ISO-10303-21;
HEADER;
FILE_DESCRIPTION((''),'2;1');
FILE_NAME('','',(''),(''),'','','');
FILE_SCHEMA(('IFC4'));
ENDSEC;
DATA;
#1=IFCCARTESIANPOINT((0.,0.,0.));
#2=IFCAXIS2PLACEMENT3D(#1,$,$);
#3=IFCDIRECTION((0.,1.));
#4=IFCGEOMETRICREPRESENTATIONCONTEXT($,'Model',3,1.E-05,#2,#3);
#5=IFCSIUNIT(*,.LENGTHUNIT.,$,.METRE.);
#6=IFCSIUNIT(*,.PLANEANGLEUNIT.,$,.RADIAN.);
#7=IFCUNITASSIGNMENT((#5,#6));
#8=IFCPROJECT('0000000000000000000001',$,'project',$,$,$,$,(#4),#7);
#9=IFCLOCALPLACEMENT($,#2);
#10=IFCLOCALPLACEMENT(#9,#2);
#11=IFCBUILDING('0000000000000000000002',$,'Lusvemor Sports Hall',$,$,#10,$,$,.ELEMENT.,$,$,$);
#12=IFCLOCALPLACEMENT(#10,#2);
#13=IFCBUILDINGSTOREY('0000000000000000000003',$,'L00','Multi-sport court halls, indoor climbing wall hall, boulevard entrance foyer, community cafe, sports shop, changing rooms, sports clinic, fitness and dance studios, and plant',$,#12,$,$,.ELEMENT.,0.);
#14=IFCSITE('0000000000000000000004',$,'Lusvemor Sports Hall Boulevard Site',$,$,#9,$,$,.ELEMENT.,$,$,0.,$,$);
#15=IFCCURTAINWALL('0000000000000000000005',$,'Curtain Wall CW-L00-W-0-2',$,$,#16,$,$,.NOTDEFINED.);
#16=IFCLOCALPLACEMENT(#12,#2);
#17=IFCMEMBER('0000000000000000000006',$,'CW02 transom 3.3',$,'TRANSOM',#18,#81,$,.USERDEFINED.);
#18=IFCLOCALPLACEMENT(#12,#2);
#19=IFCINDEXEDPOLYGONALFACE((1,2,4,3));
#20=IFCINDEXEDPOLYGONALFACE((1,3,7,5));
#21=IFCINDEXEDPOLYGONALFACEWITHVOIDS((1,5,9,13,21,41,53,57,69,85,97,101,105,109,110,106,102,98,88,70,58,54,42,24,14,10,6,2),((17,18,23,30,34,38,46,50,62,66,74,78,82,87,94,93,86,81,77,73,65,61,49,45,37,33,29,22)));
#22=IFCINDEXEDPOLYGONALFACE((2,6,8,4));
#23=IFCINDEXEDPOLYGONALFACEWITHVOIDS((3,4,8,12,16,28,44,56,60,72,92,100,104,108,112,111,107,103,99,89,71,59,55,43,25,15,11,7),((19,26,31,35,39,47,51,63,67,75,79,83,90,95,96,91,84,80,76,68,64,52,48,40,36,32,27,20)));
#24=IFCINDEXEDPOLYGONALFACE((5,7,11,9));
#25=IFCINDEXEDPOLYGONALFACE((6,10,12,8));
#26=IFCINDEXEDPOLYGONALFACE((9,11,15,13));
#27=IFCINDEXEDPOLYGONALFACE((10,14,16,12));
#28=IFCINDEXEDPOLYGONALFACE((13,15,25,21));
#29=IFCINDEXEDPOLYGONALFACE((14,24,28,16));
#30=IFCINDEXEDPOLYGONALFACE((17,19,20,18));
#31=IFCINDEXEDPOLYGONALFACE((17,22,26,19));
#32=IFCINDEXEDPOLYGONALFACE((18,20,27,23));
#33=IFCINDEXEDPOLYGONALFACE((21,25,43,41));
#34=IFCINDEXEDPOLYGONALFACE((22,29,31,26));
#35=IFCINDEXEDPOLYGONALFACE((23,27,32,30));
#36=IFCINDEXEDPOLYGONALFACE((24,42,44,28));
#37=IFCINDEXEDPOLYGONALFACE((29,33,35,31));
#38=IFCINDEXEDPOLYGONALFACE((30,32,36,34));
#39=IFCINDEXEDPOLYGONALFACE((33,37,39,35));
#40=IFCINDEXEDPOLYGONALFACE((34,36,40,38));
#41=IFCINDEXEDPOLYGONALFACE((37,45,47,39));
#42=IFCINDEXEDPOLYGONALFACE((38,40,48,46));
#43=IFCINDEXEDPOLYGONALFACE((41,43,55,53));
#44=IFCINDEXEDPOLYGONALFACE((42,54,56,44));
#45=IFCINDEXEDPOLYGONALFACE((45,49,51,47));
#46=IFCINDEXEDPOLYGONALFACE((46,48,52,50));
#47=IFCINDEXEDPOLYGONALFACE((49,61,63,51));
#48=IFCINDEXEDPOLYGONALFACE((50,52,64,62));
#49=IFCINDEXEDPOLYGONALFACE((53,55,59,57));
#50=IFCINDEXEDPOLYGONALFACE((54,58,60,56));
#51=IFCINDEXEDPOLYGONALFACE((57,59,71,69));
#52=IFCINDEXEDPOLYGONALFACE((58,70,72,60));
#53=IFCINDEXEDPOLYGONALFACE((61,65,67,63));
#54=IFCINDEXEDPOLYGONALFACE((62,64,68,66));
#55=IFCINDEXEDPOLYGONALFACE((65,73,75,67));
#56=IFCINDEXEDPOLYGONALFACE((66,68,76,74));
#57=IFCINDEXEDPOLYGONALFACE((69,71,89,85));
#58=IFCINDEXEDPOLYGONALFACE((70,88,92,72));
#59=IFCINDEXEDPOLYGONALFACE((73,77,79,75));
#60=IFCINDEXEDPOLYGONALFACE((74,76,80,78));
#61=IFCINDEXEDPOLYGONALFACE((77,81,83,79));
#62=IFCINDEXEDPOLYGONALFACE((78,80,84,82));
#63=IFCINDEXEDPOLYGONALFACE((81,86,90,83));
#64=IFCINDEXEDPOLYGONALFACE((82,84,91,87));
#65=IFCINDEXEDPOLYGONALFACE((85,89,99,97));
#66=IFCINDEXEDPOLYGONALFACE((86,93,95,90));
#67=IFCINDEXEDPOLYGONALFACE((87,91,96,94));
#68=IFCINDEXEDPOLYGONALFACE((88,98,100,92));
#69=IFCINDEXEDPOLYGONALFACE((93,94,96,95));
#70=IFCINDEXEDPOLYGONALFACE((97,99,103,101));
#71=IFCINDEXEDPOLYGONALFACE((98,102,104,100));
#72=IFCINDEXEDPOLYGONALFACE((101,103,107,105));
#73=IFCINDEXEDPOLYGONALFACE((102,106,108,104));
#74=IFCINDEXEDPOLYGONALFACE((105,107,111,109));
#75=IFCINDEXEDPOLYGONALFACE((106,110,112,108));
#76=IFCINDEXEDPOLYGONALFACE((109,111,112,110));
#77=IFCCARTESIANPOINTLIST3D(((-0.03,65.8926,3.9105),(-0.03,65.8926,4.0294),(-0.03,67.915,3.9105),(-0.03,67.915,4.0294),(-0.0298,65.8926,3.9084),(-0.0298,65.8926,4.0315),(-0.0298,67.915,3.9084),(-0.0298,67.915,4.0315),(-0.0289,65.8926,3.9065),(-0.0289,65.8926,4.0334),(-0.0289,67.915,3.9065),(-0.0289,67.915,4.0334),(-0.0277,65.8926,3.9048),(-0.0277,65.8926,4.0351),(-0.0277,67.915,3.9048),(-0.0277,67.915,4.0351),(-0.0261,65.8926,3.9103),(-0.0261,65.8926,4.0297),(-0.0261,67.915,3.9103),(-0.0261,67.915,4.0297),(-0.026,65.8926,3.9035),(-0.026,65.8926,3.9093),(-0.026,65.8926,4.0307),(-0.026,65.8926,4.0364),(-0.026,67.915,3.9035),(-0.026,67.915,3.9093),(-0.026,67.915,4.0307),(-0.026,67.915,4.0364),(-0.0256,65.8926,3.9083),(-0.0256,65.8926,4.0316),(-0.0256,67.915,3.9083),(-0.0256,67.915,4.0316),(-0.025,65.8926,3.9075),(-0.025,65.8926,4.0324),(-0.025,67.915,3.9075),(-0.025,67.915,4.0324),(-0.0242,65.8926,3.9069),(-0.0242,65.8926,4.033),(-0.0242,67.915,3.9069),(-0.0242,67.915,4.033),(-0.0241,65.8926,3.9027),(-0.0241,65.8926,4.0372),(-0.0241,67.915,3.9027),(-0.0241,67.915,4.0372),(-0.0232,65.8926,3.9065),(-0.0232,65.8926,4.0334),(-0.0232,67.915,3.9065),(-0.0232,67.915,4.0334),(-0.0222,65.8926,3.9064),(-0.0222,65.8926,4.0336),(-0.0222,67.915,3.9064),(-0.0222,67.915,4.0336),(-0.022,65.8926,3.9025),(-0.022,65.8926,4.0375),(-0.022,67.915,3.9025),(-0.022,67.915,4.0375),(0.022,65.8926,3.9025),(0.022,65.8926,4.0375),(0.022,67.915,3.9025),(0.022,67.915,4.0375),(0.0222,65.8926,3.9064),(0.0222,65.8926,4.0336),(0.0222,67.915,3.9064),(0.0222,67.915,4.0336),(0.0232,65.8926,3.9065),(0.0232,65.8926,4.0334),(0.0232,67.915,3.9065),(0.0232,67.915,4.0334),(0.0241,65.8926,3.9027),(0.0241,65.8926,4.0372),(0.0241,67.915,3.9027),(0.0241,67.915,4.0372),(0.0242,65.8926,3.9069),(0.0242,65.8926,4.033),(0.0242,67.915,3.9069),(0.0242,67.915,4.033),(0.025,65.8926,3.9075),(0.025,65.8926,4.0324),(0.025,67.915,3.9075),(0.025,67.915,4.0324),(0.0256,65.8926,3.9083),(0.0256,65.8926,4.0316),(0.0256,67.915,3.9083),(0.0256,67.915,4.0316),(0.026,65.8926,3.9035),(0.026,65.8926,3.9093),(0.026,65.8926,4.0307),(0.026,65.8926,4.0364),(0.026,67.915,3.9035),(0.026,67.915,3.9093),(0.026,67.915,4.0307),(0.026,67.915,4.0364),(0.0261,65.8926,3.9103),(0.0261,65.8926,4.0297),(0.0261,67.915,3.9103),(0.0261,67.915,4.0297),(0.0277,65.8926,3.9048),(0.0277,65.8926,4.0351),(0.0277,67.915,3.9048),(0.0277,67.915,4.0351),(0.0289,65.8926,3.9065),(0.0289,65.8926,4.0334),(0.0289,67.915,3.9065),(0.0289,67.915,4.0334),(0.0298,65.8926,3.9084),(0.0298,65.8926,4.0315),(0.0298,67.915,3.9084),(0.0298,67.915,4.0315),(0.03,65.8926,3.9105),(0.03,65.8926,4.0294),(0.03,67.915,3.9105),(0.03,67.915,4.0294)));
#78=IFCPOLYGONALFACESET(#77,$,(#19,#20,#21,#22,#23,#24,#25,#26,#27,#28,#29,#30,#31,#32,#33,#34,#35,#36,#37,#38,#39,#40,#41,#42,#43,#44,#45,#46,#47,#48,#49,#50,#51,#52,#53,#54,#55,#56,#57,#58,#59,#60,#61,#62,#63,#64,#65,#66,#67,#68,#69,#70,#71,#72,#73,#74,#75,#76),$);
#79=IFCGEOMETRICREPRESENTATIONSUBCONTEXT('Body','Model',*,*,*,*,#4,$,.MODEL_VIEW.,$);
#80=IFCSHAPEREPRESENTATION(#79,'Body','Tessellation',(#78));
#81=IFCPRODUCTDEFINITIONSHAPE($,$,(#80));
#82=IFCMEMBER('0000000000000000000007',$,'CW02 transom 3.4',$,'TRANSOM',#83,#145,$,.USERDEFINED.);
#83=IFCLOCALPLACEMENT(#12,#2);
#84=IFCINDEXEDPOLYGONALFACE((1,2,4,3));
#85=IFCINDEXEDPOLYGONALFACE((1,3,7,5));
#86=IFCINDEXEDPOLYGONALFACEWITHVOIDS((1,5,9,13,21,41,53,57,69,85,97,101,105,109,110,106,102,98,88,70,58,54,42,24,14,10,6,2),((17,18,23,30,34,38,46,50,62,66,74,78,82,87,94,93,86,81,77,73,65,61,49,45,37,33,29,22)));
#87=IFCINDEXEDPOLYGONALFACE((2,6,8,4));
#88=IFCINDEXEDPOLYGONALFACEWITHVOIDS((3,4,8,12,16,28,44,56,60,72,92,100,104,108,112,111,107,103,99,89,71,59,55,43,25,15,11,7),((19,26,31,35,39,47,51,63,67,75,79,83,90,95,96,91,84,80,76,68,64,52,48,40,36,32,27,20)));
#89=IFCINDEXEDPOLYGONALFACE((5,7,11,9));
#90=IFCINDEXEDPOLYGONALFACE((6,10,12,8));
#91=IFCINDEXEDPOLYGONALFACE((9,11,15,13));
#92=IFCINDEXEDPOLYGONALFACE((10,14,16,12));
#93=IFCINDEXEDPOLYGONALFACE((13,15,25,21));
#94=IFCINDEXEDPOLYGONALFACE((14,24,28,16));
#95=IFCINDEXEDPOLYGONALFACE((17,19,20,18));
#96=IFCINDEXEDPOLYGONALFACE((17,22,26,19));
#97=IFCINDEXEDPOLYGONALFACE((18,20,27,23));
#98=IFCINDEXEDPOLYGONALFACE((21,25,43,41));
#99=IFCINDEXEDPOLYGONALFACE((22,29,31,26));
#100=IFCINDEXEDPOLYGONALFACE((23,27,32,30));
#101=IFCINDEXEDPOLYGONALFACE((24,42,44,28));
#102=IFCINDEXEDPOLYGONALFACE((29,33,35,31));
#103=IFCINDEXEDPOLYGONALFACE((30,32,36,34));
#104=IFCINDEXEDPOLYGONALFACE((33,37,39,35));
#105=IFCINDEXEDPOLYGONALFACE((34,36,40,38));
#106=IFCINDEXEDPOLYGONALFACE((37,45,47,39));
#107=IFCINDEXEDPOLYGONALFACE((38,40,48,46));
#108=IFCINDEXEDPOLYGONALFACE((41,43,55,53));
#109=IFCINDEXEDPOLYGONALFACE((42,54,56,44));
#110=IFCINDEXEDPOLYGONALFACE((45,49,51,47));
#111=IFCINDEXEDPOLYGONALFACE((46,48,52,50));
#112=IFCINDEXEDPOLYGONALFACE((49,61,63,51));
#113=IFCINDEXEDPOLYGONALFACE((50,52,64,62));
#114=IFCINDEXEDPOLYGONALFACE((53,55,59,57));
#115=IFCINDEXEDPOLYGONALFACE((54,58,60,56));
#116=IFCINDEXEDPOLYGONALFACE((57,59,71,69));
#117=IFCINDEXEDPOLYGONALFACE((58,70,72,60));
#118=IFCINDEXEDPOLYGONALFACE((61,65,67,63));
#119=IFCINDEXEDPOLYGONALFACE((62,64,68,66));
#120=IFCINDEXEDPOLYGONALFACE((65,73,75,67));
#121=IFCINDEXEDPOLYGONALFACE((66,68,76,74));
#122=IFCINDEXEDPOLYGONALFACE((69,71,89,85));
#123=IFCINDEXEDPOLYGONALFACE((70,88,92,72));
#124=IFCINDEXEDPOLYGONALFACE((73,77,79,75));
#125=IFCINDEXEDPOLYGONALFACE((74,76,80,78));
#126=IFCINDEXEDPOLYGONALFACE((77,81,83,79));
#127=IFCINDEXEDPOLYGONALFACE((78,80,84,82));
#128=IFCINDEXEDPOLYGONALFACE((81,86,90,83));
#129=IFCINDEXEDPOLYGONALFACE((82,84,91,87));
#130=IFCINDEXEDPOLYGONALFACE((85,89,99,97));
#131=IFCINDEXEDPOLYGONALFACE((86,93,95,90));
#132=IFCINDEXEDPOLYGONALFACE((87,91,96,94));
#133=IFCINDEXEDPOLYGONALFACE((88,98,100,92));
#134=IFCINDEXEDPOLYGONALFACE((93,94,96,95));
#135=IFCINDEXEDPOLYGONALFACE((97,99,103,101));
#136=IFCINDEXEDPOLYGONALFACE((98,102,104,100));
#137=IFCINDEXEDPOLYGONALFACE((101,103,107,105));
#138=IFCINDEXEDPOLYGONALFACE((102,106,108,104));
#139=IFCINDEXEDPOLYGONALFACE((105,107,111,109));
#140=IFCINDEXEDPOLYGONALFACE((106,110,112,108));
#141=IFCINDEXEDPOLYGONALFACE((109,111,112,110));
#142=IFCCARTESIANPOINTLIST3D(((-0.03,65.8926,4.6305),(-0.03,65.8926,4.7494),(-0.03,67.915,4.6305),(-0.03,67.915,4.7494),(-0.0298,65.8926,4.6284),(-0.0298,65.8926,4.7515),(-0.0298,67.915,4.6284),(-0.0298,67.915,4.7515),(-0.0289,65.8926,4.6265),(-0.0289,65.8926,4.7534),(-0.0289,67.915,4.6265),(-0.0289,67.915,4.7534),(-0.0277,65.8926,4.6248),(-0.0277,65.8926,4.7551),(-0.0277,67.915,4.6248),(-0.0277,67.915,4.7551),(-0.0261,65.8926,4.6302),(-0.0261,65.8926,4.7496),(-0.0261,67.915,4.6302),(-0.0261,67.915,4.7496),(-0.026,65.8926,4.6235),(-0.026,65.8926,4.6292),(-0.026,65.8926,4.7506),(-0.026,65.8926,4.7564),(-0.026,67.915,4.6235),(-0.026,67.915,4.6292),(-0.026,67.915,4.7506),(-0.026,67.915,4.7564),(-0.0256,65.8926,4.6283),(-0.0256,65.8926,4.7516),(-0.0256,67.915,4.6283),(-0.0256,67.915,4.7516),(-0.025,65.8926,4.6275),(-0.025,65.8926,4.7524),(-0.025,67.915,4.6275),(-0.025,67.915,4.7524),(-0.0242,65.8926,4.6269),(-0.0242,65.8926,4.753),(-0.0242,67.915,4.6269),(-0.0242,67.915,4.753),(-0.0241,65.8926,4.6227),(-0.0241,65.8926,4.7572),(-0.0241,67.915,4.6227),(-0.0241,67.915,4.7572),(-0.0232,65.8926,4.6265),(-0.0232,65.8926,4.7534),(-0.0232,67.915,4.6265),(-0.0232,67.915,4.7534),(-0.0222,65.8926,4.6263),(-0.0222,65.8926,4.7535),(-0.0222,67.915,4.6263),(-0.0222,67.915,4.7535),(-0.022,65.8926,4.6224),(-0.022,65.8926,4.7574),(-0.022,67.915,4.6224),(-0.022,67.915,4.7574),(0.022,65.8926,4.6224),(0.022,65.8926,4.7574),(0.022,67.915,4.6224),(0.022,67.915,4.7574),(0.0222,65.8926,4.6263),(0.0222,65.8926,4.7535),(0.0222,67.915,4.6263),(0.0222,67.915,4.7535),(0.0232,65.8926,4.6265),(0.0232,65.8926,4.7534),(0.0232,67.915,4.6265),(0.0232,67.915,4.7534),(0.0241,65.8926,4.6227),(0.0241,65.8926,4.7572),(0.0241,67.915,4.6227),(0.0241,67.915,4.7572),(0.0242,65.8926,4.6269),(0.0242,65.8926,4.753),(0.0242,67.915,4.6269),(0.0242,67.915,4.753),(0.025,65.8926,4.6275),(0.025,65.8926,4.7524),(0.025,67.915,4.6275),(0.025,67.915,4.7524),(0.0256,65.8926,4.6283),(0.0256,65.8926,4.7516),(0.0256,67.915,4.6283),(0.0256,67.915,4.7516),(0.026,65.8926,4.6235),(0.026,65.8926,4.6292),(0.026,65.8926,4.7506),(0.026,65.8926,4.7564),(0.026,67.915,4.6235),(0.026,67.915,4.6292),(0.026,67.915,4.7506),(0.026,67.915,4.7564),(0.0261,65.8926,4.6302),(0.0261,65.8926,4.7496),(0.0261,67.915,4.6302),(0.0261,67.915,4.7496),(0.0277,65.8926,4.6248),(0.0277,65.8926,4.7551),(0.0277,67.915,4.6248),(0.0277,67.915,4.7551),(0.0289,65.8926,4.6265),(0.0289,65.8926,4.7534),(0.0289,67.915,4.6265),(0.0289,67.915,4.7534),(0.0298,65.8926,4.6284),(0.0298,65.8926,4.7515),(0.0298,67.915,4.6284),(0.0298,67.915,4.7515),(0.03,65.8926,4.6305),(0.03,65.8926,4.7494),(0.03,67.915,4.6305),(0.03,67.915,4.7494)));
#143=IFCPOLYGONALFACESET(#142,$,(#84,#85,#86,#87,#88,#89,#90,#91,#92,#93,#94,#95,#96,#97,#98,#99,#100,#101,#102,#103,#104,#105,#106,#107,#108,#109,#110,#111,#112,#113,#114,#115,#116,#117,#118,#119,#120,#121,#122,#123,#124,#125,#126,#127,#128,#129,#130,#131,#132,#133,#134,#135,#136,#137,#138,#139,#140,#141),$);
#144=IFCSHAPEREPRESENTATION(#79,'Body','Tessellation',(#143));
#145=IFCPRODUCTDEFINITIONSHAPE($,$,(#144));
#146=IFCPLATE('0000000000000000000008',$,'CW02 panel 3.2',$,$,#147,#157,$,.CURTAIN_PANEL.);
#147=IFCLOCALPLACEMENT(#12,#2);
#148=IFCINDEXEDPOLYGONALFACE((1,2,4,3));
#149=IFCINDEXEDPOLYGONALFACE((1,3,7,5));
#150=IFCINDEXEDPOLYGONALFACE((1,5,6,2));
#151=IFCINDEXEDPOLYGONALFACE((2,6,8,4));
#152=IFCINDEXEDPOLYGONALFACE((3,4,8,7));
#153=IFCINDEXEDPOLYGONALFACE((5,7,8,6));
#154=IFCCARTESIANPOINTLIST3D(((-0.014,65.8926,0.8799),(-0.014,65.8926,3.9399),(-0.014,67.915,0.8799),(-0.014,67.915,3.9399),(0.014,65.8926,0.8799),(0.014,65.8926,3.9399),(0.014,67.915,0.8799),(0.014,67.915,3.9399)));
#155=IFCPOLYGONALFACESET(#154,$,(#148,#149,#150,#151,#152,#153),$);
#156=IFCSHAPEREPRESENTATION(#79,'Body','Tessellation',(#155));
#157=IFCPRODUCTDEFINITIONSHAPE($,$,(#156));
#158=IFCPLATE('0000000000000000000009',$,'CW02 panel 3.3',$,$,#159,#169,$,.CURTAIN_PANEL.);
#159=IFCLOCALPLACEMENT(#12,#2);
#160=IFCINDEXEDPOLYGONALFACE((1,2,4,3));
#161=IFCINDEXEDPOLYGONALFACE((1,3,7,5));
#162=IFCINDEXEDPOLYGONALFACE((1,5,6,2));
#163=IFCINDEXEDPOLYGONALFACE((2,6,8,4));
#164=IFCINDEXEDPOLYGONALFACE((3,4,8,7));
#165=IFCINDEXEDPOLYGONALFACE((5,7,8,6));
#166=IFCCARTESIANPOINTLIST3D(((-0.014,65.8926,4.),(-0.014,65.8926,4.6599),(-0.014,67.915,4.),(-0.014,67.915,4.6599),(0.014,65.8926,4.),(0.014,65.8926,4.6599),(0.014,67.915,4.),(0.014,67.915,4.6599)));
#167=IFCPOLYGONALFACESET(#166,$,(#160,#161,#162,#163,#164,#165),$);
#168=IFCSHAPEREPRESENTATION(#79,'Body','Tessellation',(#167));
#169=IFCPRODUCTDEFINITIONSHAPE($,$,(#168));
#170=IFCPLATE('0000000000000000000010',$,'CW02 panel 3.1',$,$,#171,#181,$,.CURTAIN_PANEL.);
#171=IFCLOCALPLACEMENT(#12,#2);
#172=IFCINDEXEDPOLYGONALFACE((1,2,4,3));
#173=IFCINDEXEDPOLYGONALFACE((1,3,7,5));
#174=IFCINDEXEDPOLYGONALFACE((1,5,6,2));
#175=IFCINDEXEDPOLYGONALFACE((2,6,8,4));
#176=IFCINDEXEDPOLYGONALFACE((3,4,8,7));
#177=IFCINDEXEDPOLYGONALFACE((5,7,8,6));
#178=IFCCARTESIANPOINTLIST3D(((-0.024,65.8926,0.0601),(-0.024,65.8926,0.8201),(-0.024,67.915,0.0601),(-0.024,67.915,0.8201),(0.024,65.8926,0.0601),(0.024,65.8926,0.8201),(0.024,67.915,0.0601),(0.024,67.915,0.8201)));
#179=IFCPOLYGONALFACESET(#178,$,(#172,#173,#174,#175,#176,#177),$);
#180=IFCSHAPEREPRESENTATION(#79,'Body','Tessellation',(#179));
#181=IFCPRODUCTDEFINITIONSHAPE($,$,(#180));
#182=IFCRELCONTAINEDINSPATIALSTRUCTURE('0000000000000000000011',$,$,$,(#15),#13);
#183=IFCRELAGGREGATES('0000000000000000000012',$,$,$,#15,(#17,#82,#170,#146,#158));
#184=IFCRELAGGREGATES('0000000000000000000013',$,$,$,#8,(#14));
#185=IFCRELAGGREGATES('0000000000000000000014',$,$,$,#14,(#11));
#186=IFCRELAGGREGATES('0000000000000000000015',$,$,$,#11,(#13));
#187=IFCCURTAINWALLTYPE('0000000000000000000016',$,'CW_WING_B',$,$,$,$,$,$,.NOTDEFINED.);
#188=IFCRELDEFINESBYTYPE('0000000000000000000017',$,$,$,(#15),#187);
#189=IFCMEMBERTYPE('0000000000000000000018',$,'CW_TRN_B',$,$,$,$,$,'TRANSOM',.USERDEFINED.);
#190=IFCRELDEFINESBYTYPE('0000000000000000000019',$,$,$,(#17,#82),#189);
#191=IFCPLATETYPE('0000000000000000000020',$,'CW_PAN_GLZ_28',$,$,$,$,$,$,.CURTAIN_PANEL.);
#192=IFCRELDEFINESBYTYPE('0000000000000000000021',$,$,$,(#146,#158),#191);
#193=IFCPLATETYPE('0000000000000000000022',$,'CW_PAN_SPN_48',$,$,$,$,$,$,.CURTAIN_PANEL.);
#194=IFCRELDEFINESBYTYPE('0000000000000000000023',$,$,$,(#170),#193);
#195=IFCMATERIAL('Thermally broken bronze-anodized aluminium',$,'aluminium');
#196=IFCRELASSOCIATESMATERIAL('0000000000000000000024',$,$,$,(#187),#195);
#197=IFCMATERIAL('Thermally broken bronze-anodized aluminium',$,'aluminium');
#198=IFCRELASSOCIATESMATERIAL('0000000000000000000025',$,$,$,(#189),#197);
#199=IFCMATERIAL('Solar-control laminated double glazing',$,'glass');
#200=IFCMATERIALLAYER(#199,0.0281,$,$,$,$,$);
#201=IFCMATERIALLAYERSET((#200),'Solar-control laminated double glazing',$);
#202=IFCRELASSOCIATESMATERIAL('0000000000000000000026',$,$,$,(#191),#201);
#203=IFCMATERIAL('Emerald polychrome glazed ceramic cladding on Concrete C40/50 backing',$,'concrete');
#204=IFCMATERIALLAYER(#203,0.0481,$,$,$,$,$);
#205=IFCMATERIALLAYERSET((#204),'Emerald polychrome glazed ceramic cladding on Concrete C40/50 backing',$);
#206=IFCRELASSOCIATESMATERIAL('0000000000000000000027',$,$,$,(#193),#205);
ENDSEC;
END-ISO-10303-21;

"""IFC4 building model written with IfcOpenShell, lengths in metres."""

from ifc_helpers import new_model, si_unit, direction, frame, origin, origin_2d, place, context, subcontext, project, spatial, rectangle, hollow_rectangle, extrude, material, layer, layer_set, material_profile, profile_set, type_object, element, aggregate, save


model = new_model("IFC4")

# Units and contexts
model_context = context("Model", 3, precision=1e-05, world=origin(), true_north=direction((0.0, 1.0)))
body_context = subcontext(model_context, "Body", "Model", "MODEL_VIEW")
ifc_project = project(units=[si_unit("LENGTHUNIT", "METRE"), si_unit("PLANEANGLEUNIT", "RADIAN")], contexts=[model_context])

# Site, building, storey
site_placement = place(None, origin())
site = spatial("IfcSite", under=ifc_project, at=site_placement, Name="Lusvemor Sports Hall Boulevard Site", CompositionType="ELEMENT", RefElevation=0.0)
building_placement = place(site_placement, origin())
building = spatial("IfcBuilding", under=site, at=building_placement, Name="Lusvemor Sports Hall", CompositionType="ELEMENT")
storey_placement = place(building_placement, origin())
storey = spatial("IfcBuildingStorey", under=building, at=storey_placement, Name="L00", Description="Multi-sport court halls, indoor climbing wall hall, boulevard entrance foyer, community cafe, sports shop, changing rooms, sports clinic, fitness and dance studios, and plant", CompositionType="ELEMENT", Elevation=0.0)

# Curtain wall, members, plates
ifc_material_1 = material(Name="Thermally broken bronze-anodized aluminium", Category="aluminium")
curtain_wall_type = type_object("IfcCurtainWallType", Name="CW_WING_B", PredefinedType="NOTDEFINED", material=ifc_material_1)
curtain_wall_placement = place(storey_placement, origin())
curtain_wall = element("IfcCurtainWall", 1, at=curtain_wall_placement, inside=storey, type_object=curtain_wall_type, Name="Curtain Wall CW-L00-W-0-2", PredefinedType="NOTDEFINED")
ifc_material_2 = material(Name="Thermally broken bronze-anodized aluminium", Category="aluminium")
ifc_material_profile_1 = material_profile(ifc_material_2, hollow_rectangle(XDim=0.0601, YDim=0.135, WallThickness=0.0039, InnerFilletRadius=0.0039, OuterFilletRadius=0.0081, at=origin_2d()), Name="CWTRN135x60x4")
ifc_profile_set_1 = profile_set([ifc_material_profile_1], Name="Thermally broken bronze-anodized aluminium")
member_type_1 = type_object("IfcMemberType", Name="CW_TRN_B", ElementType="TRANSOM", PredefinedType="USERDEFINED", material=ifc_profile_set_1)
member_1_placement = place(storey_placement, frame((0.0, 65.8926, 3.97), z_axis=(0.0, 1.0, 0.0), x_axis=(-1.0, 0.0, 0.0)))
member_1 = element("IfcMember", 2, at=member_1_placement, type_object=member_type_1, Name="CW02 transom 3.3", ObjectType="TRANSOM", PredefinedType="USERDEFINED", context=body_context, shape_type="SweptSolid", body=[
    extrude(hollow_rectangle(XDim=0.0601, YDim=0.135, WallThickness=0.0039, InnerFilletRadius=0.0039, OuterFilletRadius=0.0081, at=origin_2d()), origin(), (0.0, 0.0, 1.0), 2.0225),
])
member_2_placement = place(storey_placement, frame((0.0, 65.8926, 4.6899), z_axis=(0.0, 1.0, 0.0), x_axis=(-1.0, 0.0, 0.0)))
member_2 = element("IfcMember", 3, at=member_2_placement, type_object=member_type_1, Name="CW02 transom 3.4", ObjectType="TRANSOM", PredefinedType="USERDEFINED", context=body_context, shape_type="SweptSolid", body=[
    extrude(hollow_rectangle(XDim=0.0601, YDim=0.135, WallThickness=0.0039, InnerFilletRadius=0.0039, OuterFilletRadius=0.0081, at=origin_2d()), origin(), (0.0, 0.0, 1.0), 2.0225),
])
ifc_material_3 = material(Name="Solar-control laminated double glazing", Category="glass")
ifc_layer_1 = layer(ifc_material_3, 0.0281)
ifc_layer_set_1 = layer_set([ifc_layer_1], Name="Solar-control laminated double glazing")
plate_type_1 = type_object("IfcPlateType", Name="CW_PAN_GLZ_28", PredefinedType="CURTAIN_PANEL", material=ifc_layer_set_1)
plate_1_placement = place(storey_placement, frame((0.0, 66.9038, 0.8799), z_axis=(0.0, 0.0, 1.0), x_axis=(0.0, 1.0, 0.0)))
plate_1 = element("IfcPlate", 4, at=plate_1_placement, type_object=plate_type_1, Name="CW02 panel 3.2", PredefinedType="CURTAIN_PANEL", context=body_context, shape_type="SweptSolid", body=[
    extrude(rectangle(XDim=2.0225, YDim=0.0281, at=origin_2d()), origin(), (0.0, 0.0, 1.0), 3.0601),
])
plate_2_placement = place(storey_placement, frame((0.0, 66.9038, 4.0), z_axis=(0.0, 0.0, 1.0), x_axis=(0.0, 1.0, 0.0)))
plate_2 = element("IfcPlate", 5, at=plate_2_placement, type_object=plate_type_1, Name="CW02 panel 3.3", PredefinedType="CURTAIN_PANEL", context=body_context, shape_type="SweptSolid", body=[
    extrude(rectangle(XDim=2.0225, YDim=0.0281, at=origin_2d()), origin(), (0.0, 0.0, 1.0), 0.6599),
])
ifc_material_4 = material(Name="Emerald polychrome glazed ceramic cladding on Concrete C40/50 backing", Category="concrete")
ifc_layer_2 = layer(ifc_material_4, 0.0481)
ifc_layer_set_2 = layer_set([ifc_layer_2], Name="Emerald polychrome glazed ceramic cladding on Concrete C40/50 backing")
plate_type_2 = type_object("IfcPlateType", Name="CW_PAN_SPN_48", PredefinedType="CURTAIN_PANEL", material=ifc_layer_set_2)
plate_3_placement = place(storey_placement, frame((0.0, 66.9038, 0.0601), z_axis=(0.0, 0.0, 1.0), x_axis=(0.0, 1.0, 0.0)))
plate_3 = element("IfcPlate", 6, at=plate_3_placement, type_object=plate_type_2, Name="CW02 panel 3.1", PredefinedType="CURTAIN_PANEL", context=body_context, shape_type="SweptSolid", body=[
    extrude(rectangle(XDim=2.0225, YDim=0.0481, at=origin_2d()), origin(), (0.0, 0.0, 1.0), 0.76),
])
aggregate(curtain_wall, [member_1, member_2, plate_3, plate_1, plate_2])

save(model, "model.ifc")
